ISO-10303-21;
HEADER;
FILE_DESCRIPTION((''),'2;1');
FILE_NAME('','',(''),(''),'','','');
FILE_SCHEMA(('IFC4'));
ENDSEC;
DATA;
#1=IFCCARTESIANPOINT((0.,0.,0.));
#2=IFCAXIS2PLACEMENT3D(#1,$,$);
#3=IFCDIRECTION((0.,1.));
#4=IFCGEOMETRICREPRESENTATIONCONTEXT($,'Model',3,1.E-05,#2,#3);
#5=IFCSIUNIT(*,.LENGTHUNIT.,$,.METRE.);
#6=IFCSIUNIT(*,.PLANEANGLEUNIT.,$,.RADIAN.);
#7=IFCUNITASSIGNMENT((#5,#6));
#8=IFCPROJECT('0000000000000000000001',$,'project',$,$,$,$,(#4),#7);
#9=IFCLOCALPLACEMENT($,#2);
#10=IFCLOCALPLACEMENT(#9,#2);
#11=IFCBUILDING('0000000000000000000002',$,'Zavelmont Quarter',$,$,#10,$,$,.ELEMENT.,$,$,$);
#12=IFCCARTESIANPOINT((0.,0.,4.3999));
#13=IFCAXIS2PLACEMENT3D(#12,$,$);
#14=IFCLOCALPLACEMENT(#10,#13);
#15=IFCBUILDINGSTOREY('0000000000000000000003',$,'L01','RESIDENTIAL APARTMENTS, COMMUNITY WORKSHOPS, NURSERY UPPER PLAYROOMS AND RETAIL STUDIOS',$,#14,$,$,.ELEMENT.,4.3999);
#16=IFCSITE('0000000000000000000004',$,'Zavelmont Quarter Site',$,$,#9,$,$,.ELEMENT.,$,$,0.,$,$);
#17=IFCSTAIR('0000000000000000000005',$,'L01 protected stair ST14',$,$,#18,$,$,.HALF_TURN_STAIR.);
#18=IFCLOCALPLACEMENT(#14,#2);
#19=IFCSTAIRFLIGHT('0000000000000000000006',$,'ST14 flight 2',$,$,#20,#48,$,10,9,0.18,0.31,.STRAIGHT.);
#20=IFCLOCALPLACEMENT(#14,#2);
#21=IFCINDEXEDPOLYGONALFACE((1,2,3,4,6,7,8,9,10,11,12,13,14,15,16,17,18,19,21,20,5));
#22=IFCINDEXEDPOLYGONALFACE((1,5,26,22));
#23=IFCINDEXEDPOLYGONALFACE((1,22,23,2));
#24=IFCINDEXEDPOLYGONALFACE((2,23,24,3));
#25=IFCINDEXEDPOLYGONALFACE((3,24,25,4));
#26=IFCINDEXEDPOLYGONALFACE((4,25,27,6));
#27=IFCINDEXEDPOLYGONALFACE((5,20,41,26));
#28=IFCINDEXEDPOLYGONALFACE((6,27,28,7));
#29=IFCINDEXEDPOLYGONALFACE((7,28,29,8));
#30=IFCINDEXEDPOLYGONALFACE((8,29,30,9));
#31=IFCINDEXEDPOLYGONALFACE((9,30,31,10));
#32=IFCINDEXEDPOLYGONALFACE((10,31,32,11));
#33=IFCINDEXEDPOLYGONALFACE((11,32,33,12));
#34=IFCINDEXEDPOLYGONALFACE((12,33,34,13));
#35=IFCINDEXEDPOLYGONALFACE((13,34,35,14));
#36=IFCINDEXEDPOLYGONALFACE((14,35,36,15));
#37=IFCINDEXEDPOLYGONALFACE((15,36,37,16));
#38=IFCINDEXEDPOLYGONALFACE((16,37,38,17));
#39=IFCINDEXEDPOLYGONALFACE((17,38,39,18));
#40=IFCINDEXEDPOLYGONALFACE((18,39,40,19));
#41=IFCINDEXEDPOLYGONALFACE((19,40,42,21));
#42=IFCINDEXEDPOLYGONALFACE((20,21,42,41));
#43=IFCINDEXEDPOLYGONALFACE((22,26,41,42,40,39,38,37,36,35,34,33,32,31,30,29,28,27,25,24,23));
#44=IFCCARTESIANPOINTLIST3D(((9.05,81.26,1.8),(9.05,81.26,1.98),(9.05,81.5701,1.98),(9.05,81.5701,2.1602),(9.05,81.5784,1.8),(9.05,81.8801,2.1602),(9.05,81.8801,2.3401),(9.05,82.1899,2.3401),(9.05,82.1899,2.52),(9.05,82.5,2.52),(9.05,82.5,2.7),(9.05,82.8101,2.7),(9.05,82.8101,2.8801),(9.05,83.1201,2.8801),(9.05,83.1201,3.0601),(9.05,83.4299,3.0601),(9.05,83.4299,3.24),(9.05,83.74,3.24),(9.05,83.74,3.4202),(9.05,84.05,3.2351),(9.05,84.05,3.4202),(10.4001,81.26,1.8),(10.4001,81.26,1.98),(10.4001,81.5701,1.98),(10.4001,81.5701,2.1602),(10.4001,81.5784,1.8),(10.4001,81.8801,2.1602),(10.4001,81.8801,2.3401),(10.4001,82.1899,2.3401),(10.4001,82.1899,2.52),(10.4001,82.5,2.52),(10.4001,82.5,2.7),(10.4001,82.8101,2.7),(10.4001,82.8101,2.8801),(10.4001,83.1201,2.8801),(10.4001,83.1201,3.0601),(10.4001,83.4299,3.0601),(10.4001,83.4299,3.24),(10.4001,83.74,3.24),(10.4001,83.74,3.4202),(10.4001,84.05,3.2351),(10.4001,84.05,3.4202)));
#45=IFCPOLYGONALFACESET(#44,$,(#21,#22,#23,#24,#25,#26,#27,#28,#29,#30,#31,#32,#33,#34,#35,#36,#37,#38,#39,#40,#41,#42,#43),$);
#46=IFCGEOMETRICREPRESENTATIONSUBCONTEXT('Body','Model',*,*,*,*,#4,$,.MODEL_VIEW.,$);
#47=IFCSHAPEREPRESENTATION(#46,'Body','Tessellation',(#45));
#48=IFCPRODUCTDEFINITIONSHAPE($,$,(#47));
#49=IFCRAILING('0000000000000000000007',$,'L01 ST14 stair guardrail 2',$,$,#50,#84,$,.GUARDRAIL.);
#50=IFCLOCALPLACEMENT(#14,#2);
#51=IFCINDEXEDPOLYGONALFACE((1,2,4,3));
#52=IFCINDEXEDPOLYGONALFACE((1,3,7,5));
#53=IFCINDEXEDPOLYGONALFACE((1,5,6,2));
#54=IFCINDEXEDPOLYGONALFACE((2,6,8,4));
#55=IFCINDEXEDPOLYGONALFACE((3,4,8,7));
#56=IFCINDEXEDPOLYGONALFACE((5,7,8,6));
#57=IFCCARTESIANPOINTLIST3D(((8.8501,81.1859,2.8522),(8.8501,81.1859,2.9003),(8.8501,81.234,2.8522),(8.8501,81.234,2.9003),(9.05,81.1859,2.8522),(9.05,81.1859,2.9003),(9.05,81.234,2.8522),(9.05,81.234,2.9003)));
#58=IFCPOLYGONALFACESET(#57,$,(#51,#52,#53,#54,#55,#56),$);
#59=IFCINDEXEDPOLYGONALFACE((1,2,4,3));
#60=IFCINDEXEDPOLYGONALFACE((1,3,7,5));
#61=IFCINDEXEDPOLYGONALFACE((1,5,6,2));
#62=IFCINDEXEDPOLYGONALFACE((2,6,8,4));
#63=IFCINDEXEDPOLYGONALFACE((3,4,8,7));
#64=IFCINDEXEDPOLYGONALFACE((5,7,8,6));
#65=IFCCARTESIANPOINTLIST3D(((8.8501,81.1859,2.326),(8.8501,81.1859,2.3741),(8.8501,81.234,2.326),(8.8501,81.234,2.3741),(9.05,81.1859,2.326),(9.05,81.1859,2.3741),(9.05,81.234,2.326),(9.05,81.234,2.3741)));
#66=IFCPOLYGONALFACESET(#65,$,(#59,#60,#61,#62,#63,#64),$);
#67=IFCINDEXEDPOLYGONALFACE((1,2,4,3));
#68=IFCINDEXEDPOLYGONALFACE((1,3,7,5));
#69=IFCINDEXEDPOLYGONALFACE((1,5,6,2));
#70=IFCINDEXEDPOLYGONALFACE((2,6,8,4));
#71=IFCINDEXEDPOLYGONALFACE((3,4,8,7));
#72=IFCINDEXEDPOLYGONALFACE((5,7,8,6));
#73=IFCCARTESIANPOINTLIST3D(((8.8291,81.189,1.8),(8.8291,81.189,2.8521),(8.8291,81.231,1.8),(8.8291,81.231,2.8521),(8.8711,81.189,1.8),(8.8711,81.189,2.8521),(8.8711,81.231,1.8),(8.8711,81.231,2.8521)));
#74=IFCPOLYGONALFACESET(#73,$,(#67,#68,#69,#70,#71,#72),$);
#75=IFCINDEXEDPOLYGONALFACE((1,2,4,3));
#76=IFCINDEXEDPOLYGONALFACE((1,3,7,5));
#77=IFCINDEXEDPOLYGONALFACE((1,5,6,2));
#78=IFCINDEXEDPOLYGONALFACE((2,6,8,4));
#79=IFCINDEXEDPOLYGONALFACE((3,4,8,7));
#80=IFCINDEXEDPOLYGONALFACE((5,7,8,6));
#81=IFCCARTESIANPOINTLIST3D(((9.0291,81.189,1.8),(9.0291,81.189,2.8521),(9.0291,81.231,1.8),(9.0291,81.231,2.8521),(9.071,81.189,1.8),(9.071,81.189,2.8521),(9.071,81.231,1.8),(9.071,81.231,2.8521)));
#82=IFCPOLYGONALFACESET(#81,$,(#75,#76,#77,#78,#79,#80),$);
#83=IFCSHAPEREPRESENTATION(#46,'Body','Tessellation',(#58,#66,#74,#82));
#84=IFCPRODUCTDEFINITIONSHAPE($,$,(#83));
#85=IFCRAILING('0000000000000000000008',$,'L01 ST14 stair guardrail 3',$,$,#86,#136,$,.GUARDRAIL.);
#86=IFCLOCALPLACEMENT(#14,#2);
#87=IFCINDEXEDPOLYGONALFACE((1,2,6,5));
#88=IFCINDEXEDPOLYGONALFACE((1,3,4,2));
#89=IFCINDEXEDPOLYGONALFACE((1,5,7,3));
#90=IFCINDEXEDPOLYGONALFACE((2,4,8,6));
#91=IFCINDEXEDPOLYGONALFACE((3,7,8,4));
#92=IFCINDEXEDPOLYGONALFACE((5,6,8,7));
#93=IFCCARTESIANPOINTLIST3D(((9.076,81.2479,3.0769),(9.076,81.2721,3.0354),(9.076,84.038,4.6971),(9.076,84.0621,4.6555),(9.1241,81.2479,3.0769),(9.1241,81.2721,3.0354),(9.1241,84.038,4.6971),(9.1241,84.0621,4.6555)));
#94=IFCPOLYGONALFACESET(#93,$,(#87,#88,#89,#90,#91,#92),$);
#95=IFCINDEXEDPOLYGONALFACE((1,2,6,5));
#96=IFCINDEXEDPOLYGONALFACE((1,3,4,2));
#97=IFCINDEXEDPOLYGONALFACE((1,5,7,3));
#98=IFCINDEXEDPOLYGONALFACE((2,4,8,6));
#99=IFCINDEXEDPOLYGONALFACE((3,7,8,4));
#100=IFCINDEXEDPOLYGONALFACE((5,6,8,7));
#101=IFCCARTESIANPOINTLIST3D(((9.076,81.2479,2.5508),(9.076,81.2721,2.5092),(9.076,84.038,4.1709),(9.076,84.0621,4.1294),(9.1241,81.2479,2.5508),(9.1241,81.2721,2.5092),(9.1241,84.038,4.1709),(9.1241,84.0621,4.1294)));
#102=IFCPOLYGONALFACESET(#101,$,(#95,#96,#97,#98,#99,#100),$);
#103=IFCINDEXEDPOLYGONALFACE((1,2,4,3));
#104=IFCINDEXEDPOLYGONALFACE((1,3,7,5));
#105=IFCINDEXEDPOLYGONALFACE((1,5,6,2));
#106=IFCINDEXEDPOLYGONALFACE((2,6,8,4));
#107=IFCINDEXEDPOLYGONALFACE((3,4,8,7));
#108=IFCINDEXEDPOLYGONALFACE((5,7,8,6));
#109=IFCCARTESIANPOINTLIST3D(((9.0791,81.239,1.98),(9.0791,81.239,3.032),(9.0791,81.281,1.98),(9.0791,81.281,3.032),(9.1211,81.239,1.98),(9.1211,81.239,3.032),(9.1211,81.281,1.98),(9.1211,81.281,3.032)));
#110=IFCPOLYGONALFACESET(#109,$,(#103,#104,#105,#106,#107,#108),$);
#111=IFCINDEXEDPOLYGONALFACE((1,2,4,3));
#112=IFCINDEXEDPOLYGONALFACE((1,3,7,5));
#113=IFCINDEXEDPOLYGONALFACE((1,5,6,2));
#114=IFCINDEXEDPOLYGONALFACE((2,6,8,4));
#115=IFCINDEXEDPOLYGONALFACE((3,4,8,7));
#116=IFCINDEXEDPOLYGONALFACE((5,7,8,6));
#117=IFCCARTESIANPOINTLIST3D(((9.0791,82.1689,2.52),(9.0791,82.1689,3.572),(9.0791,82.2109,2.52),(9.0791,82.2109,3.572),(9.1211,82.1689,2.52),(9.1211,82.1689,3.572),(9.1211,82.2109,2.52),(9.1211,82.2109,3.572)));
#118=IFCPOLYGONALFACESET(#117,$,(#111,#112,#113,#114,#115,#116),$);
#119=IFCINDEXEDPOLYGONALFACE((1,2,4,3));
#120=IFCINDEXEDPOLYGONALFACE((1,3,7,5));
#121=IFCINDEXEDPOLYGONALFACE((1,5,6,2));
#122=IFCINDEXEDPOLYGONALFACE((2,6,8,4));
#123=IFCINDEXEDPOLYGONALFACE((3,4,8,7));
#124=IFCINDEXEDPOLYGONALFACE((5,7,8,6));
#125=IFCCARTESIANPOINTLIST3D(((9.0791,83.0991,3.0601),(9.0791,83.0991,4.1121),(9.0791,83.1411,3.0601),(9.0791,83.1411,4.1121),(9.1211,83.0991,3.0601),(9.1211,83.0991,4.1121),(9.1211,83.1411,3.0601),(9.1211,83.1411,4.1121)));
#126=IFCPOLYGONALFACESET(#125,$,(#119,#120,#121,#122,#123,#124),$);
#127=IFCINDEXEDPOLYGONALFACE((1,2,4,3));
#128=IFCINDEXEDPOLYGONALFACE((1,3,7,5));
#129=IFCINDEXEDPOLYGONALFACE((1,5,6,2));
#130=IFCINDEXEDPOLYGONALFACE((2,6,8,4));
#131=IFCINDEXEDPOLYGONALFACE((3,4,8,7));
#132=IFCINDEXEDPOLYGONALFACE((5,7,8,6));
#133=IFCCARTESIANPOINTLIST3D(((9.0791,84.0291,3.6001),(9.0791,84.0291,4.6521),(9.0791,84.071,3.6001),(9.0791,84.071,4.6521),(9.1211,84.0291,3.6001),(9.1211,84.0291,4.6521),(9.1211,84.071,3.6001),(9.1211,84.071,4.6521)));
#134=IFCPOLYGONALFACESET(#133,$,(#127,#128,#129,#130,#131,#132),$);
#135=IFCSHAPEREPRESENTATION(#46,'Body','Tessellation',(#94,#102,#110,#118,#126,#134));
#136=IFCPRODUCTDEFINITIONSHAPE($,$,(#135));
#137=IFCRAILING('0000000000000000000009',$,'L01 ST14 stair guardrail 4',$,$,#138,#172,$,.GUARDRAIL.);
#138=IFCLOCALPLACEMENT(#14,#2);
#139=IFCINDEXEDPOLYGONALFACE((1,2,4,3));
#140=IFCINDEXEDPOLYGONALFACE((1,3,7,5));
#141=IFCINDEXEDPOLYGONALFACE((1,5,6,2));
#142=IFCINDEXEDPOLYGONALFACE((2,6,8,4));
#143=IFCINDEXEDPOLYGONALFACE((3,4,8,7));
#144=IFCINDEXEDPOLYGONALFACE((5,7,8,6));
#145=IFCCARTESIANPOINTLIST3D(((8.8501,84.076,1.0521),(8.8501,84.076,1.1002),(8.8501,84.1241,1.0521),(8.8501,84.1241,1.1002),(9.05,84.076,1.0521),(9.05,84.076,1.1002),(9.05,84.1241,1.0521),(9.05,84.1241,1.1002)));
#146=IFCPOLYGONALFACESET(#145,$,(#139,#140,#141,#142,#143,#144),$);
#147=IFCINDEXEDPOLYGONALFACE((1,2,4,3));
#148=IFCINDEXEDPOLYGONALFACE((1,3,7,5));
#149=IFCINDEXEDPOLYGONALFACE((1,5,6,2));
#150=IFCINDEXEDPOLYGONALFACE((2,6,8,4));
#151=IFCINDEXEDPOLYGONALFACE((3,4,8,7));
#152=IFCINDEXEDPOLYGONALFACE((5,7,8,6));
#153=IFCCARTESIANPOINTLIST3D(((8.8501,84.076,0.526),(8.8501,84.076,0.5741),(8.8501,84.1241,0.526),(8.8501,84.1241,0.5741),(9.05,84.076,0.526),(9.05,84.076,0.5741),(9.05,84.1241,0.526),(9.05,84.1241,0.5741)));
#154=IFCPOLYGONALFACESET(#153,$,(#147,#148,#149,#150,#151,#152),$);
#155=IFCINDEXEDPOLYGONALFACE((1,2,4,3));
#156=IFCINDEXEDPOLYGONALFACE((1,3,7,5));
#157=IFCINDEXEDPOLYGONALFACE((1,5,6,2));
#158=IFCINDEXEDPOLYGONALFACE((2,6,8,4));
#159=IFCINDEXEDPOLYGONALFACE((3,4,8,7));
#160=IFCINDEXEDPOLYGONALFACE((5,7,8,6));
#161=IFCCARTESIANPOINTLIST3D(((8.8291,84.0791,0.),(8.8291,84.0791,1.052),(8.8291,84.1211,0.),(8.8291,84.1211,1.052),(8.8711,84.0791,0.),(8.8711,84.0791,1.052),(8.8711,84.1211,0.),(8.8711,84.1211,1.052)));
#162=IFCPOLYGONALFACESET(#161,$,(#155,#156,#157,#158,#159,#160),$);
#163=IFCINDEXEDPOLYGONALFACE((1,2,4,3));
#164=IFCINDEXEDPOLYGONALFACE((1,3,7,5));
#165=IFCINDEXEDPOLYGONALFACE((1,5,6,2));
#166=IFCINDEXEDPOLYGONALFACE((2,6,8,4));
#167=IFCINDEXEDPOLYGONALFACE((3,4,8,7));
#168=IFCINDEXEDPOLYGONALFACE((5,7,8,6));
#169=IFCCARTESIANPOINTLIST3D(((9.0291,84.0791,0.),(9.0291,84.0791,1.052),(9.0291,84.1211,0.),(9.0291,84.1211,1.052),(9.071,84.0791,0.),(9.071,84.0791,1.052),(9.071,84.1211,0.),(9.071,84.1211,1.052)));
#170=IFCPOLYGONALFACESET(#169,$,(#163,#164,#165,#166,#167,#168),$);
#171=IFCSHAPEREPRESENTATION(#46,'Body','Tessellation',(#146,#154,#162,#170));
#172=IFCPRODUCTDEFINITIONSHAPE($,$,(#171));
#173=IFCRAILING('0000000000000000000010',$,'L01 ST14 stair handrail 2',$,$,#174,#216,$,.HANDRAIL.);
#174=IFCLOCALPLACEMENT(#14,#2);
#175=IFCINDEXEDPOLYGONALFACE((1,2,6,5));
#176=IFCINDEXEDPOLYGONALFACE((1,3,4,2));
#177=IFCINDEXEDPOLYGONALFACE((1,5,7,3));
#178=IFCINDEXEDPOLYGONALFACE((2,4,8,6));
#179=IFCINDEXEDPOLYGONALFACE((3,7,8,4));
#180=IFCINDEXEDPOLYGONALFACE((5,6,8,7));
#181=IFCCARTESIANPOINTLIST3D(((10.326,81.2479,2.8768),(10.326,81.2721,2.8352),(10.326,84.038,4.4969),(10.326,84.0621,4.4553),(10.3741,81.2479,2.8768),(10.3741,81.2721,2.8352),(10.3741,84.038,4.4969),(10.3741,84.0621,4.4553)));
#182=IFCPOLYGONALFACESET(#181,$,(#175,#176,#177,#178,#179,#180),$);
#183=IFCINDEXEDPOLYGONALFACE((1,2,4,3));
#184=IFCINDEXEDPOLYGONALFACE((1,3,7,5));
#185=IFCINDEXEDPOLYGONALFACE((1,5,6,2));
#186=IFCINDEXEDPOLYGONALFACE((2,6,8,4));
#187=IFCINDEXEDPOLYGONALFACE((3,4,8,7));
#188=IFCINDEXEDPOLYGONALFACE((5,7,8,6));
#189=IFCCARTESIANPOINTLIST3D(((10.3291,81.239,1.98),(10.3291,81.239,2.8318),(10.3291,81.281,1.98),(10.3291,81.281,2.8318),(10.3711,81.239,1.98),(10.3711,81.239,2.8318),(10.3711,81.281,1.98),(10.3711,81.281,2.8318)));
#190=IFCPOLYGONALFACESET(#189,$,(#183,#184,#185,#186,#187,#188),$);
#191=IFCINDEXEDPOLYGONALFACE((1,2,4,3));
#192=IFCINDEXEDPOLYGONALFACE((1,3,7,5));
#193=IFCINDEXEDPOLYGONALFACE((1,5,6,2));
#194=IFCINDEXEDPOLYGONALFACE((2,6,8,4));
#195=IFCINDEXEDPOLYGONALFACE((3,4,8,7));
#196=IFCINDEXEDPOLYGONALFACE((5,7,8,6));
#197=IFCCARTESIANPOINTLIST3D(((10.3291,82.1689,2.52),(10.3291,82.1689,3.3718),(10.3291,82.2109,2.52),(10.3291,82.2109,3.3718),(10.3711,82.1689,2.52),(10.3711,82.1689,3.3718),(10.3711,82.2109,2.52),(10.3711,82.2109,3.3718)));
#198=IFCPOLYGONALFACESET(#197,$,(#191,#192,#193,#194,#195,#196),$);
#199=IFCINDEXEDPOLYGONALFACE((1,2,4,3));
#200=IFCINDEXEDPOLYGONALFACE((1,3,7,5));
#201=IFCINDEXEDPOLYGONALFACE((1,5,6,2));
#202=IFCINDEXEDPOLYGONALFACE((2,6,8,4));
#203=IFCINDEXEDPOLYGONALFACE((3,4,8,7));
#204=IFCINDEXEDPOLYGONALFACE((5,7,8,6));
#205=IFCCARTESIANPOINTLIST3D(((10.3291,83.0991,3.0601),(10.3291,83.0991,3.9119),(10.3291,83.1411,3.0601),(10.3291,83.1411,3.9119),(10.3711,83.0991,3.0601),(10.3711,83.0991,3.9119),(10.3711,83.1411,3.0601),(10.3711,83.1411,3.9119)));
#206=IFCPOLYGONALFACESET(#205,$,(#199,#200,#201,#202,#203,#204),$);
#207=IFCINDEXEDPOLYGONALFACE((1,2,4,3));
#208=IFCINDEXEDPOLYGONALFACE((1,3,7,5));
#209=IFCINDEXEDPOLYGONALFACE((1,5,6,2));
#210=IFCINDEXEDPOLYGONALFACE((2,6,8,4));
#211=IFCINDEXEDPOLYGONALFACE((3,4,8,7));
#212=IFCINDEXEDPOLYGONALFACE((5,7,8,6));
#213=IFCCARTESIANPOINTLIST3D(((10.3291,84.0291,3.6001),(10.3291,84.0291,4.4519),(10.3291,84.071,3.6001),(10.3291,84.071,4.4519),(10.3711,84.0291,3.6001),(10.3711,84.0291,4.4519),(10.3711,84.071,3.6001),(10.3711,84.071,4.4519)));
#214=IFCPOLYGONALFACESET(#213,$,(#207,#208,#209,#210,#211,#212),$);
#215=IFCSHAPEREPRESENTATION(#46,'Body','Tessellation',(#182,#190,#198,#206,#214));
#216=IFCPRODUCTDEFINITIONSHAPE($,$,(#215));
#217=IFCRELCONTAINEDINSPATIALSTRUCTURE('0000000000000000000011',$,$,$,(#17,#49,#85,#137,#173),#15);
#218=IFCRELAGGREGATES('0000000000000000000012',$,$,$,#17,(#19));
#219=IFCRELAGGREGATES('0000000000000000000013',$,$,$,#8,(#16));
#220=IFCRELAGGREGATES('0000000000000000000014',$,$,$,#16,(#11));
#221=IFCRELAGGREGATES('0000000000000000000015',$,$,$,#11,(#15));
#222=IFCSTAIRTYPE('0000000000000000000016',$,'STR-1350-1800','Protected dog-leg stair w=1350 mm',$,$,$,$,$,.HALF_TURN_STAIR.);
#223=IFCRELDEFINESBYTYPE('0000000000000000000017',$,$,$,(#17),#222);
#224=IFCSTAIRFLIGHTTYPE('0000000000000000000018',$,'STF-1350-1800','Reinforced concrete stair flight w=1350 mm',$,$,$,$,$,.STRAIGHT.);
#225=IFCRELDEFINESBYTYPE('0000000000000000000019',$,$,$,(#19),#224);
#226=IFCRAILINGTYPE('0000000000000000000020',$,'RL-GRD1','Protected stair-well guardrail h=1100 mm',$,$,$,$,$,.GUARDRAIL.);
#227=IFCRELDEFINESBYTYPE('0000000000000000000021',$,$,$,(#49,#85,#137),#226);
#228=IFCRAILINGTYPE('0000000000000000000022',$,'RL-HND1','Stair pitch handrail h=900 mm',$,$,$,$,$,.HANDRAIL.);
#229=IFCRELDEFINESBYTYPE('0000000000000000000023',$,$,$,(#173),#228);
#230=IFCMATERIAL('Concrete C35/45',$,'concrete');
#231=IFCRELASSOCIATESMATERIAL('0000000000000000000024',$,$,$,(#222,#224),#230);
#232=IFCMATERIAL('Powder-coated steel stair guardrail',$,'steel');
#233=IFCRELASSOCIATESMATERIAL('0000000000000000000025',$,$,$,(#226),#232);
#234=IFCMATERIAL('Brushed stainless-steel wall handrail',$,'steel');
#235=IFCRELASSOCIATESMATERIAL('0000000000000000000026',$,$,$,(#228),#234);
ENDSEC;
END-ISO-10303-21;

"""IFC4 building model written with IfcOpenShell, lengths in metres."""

from ifc_helpers import new_model, si_unit, direction, frame, origin, origin_2d, place, context, subcontext, project, spatial, polyline, rectangle, outline, extrude, material, type_object, element, aggregate, save


model = new_model("IFC4")

# Units and contexts
model_context = context("Model", 3, precision=1e-05, world=origin(), true_north=direction((0.0, 1.0)))
body_context = subcontext(model_context, "Body", "Model", "MODEL_VIEW")
ifc_project = project(units=[si_unit("LENGTHUNIT", "METRE"), si_unit("PLANEANGLEUNIT", "RADIAN")], contexts=[model_context])

# Site, building, storey
site_placement = place(None, origin())
site = spatial("IfcSite", under=ifc_project, at=site_placement, Name="Zavelmont Quarter Site", CompositionType="ELEMENT", RefElevation=0.0)
building_placement = place(site_placement, origin())
building = spatial("IfcBuilding", under=site, at=building_placement, Name="Zavelmont Quarter", CompositionType="ELEMENT")
storey_placement = place(building_placement, frame((0.0, 0.0, 4.3999)))
storey = spatial("IfcBuildingStorey", under=building, at=storey_placement, Name="L01", Description="RESIDENTIAL APARTMENTS, COMMUNITY WORKSHOPS, NURSERY UPPER PLAYROOMS AND RETAIL STUDIOS", CompositionType="ELEMENT", Elevation=4.3999)

# Shared definitions
ifc_material_1 = material(Name="Concrete C35/45", Category="concrete")

# Stair, stair flight
stair_type = type_object("IfcStairType", Name="STR-1350-1800", Description="Protected dog-leg stair w=1350 mm", PredefinedType="HALF_TURN_STAIR", material=ifc_material_1)
stair_placement = place(storey_placement, origin())
stair = element("IfcStair", 1, at=stair_placement, inside=storey, type_object=stair_type, Name="L01 protected stair ST14", PredefinedType="HALF_TURN_STAIR")
stair_flight_type = type_object("IfcStairFlightType", Name="STF-1350-1800", Description="Reinforced concrete stair flight w=1350 mm", PredefinedType="STRAIGHT", material=ifc_material_1)
stair_flight_placement = place(storey_placement, frame((9.7251, 81.26, 1.8), z_axis=(0.0, 0.0, 1.0), x_axis=(0.0, 1.0, 0.0)))
stair_flight = element("IfcStairFlight", 2, at=stair_flight_placement, type_object=stair_flight_type, Name="ST14 flight 2", NumberOfRisers=10, NumberOfTreads=9, PredefinedType="STRAIGHT", RiserHeight=0.18, TreadLength=0.31, context=body_context, shape_type="SweptSolid", body=[
    extrude(outline(polyline([(0.0, 0.0), (0.0, 0.1799), (0.3101, 0.1799), (0.3101, 0.3601), (0.6201, 0.3601), (0.6201, 0.54), (0.9299, 0.54), (0.9299, 0.72), (1.24, 0.72), (1.24, 0.8999), (1.55, 0.8999), (1.55, 1.0801), (1.8601, 1.0801), (1.8601, 1.26), (2.1699, 1.26), (2.1699, 1.4399), (2.48, 1.4399), (2.48, 1.6201), (2.79, 1.6201), (2.79, 1.8), (2.79, 1.4351), (0.3184, 0.0), (0.0, 0.0)])), frame((0.0, 0.675, 0.0), z_axis=(0.0, -1.0, 0.0), x_axis=(1.0, 0.0, 0.0)), (0.0, 0.0, 1.0), 1.3501),
])
aggregate(stair, [stair_flight])

# Railings
ifc_material_2 = material(Name="Powder-coated steel stair guardrail", Category="steel")
railing_type_1 = type_object("IfcRailingType", Name="RL-GRD1", Description="Protected stair-well guardrail h=1100 mm", PredefinedType="GUARDRAIL", material=ifc_material_2)
railing_1_placement = place(storey_placement, frame((8.8501, 81.21, 1.8)))
element("IfcRailing", 3, at=railing_1_placement, inside=storey, type_object=railing_type_1, Name="L01 ST14 stair guardrail 2", PredefinedType="GUARDRAIL", context=body_context, shape_type="SweptSolid", body=[
    extrude(rectangle(XDim=0.0481, YDim=0.0481, at=origin_2d()), frame((0.0, 0.0, 1.0762), z_axis=(1.0, 0.0, 0.0), x_axis=(0.0, 1.0, 0.0)), (0.0, 0.0, 1.0), 0.2),
    extrude(rectangle(XDim=0.0481, YDim=0.0481, at=origin_2d()), frame((0.0, 0.0, 0.55), z_axis=(1.0, 0.0, 0.0), x_axis=(0.0, 1.0, 0.0)), (0.0, 0.0, 1.0), 0.2),
    extrude(rectangle(XDim=0.042, YDim=0.042, at=origin_2d()), origin(), (0.0, 0.0, 1.0), 1.052),
    extrude(rectangle(XDim=0.042, YDim=0.042, at=origin_2d()), frame((0.2, 0.0, 0.0)), (0.0, 0.0, 1.0), 1.052),
])
railing_2_placement = place(storey_placement, frame((9.1001, 81.26, 1.98)))
element("IfcRailing", 4, at=railing_2_placement, inside=storey, type_object=railing_type_1, Name="L01 ST14 stair guardrail 3", PredefinedType="GUARDRAIL", context=body_context, shape_type="SweptSolid", body=[
    extrude(rectangle(XDim=0.0481, YDim=0.0481, at=origin_2d()), frame((0.0, 0.0, 1.0762), z_axis=(0.0, 0.864776, 0.502157), x_axis=(-1.0, 0.0, 0.0)), (0.0, 0.0, 1.0), 3.2263),
    extrude(rectangle(XDim=0.0481, YDim=0.0481, at=origin_2d()), frame((0.0, 0.0, 0.55), z_axis=(0.0, 0.864776, 0.502157), x_axis=(-1.0, 0.0, 0.0)), (0.0, 0.0, 1.0), 3.2263),
    extrude(rectangle(XDim=0.042, YDim=0.042, at=origin_2d()), origin(), (0.0, 0.0, 1.0), 1.052),
    extrude(rectangle(XDim=0.042, YDim=0.042, at=origin_2d()), frame((0.0, 0.9299, 0.54)), (0.0, 0.0, 1.0), 1.052),
    extrude(rectangle(XDim=0.042, YDim=0.042, at=origin_2d()), frame((0.0, 1.8601, 1.0801)), (0.0, 0.0, 1.0), 1.052),
    extrude(rectangle(XDim=0.042, YDim=0.042, at=origin_2d()), frame((0.0, 2.79, 1.6201)), (0.0, 0.0, 1.0), 1.052),
])
railing_3_placement = place(storey_placement, frame((8.8501, 84.1001, 0.0)))
element("IfcRailing", 5, at=railing_3_placement, inside=storey, type_object=railing_type_1, Name="L01 ST14 stair guardrail 4", PredefinedType="GUARDRAIL", context=body_context, shape_type="SweptSolid", body=[
    extrude(rectangle(XDim=0.0481, YDim=0.0481, at=origin_2d()), frame((0.0, 0.0, 1.0762), z_axis=(1.0, 0.0, 0.0), x_axis=(0.0, 1.0, 0.0)), (0.0, 0.0, 1.0), 0.2),
    extrude(rectangle(XDim=0.0481, YDim=0.0481, at=origin_2d()), frame((0.0, 0.0, 0.55), z_axis=(1.0, 0.0, 0.0), x_axis=(0.0, 1.0, 0.0)), (0.0, 0.0, 1.0), 0.2),
    extrude(rectangle(XDim=0.042, YDim=0.042, at=origin_2d()), origin(), (0.0, 0.0, 1.0), 1.052),
    extrude(rectangle(XDim=0.042, YDim=0.042, at=origin_2d()), frame((0.2, 0.0, 0.0)), (0.0, 0.0, 1.0), 1.052),
])
ifc_material_3 = material(Name="Brushed stainless-steel wall handrail", Category="steel")
railing_type_2 = type_object("IfcRailingType", Name="RL-HND1", Description="Stair pitch handrail h=900 mm", PredefinedType="HANDRAIL", material=ifc_material_3)
railing_4_placement = place(storey_placement, frame((10.3501, 81.26, 1.98)))
element("IfcRailing", 6, at=railing_4_placement, inside=storey, type_object=railing_type_2, Name="L01 ST14 stair handrail 2", PredefinedType="HANDRAIL", context=body_context, shape_type="SweptSolid", body=[
    extrude(rectangle(XDim=0.0481, YDim=0.0481, at=origin_2d()), frame((0.0, 0.0, 0.876), z_axis=(0.0, 0.864776, 0.502157), x_axis=(-1.0, 0.0, 0.0)), (0.0, 0.0, 1.0), 3.2263),
    extrude(rectangle(XDim=0.042, YDim=0.042, at=origin_2d()), origin(), (0.0, 0.0, 1.0), 0.8518),
    extrude(rectangle(XDim=0.042, YDim=0.042, at=origin_2d()), frame((0.0, 0.9299, 0.54)), (0.0, 0.0, 1.0), 0.8518),
    extrude(rectangle(XDim=0.042, YDim=0.042, at=origin_2d()), frame((0.0, 1.8601, 1.0801)), (0.0, 0.0, 1.0), 0.8518),
    extrude(rectangle(XDim=0.042, YDim=0.042, at=origin_2d()), frame((0.0, 2.79, 1.6201)), (0.0, 0.0, 1.0), 0.8518),
])

save(model, "model.ifc")
